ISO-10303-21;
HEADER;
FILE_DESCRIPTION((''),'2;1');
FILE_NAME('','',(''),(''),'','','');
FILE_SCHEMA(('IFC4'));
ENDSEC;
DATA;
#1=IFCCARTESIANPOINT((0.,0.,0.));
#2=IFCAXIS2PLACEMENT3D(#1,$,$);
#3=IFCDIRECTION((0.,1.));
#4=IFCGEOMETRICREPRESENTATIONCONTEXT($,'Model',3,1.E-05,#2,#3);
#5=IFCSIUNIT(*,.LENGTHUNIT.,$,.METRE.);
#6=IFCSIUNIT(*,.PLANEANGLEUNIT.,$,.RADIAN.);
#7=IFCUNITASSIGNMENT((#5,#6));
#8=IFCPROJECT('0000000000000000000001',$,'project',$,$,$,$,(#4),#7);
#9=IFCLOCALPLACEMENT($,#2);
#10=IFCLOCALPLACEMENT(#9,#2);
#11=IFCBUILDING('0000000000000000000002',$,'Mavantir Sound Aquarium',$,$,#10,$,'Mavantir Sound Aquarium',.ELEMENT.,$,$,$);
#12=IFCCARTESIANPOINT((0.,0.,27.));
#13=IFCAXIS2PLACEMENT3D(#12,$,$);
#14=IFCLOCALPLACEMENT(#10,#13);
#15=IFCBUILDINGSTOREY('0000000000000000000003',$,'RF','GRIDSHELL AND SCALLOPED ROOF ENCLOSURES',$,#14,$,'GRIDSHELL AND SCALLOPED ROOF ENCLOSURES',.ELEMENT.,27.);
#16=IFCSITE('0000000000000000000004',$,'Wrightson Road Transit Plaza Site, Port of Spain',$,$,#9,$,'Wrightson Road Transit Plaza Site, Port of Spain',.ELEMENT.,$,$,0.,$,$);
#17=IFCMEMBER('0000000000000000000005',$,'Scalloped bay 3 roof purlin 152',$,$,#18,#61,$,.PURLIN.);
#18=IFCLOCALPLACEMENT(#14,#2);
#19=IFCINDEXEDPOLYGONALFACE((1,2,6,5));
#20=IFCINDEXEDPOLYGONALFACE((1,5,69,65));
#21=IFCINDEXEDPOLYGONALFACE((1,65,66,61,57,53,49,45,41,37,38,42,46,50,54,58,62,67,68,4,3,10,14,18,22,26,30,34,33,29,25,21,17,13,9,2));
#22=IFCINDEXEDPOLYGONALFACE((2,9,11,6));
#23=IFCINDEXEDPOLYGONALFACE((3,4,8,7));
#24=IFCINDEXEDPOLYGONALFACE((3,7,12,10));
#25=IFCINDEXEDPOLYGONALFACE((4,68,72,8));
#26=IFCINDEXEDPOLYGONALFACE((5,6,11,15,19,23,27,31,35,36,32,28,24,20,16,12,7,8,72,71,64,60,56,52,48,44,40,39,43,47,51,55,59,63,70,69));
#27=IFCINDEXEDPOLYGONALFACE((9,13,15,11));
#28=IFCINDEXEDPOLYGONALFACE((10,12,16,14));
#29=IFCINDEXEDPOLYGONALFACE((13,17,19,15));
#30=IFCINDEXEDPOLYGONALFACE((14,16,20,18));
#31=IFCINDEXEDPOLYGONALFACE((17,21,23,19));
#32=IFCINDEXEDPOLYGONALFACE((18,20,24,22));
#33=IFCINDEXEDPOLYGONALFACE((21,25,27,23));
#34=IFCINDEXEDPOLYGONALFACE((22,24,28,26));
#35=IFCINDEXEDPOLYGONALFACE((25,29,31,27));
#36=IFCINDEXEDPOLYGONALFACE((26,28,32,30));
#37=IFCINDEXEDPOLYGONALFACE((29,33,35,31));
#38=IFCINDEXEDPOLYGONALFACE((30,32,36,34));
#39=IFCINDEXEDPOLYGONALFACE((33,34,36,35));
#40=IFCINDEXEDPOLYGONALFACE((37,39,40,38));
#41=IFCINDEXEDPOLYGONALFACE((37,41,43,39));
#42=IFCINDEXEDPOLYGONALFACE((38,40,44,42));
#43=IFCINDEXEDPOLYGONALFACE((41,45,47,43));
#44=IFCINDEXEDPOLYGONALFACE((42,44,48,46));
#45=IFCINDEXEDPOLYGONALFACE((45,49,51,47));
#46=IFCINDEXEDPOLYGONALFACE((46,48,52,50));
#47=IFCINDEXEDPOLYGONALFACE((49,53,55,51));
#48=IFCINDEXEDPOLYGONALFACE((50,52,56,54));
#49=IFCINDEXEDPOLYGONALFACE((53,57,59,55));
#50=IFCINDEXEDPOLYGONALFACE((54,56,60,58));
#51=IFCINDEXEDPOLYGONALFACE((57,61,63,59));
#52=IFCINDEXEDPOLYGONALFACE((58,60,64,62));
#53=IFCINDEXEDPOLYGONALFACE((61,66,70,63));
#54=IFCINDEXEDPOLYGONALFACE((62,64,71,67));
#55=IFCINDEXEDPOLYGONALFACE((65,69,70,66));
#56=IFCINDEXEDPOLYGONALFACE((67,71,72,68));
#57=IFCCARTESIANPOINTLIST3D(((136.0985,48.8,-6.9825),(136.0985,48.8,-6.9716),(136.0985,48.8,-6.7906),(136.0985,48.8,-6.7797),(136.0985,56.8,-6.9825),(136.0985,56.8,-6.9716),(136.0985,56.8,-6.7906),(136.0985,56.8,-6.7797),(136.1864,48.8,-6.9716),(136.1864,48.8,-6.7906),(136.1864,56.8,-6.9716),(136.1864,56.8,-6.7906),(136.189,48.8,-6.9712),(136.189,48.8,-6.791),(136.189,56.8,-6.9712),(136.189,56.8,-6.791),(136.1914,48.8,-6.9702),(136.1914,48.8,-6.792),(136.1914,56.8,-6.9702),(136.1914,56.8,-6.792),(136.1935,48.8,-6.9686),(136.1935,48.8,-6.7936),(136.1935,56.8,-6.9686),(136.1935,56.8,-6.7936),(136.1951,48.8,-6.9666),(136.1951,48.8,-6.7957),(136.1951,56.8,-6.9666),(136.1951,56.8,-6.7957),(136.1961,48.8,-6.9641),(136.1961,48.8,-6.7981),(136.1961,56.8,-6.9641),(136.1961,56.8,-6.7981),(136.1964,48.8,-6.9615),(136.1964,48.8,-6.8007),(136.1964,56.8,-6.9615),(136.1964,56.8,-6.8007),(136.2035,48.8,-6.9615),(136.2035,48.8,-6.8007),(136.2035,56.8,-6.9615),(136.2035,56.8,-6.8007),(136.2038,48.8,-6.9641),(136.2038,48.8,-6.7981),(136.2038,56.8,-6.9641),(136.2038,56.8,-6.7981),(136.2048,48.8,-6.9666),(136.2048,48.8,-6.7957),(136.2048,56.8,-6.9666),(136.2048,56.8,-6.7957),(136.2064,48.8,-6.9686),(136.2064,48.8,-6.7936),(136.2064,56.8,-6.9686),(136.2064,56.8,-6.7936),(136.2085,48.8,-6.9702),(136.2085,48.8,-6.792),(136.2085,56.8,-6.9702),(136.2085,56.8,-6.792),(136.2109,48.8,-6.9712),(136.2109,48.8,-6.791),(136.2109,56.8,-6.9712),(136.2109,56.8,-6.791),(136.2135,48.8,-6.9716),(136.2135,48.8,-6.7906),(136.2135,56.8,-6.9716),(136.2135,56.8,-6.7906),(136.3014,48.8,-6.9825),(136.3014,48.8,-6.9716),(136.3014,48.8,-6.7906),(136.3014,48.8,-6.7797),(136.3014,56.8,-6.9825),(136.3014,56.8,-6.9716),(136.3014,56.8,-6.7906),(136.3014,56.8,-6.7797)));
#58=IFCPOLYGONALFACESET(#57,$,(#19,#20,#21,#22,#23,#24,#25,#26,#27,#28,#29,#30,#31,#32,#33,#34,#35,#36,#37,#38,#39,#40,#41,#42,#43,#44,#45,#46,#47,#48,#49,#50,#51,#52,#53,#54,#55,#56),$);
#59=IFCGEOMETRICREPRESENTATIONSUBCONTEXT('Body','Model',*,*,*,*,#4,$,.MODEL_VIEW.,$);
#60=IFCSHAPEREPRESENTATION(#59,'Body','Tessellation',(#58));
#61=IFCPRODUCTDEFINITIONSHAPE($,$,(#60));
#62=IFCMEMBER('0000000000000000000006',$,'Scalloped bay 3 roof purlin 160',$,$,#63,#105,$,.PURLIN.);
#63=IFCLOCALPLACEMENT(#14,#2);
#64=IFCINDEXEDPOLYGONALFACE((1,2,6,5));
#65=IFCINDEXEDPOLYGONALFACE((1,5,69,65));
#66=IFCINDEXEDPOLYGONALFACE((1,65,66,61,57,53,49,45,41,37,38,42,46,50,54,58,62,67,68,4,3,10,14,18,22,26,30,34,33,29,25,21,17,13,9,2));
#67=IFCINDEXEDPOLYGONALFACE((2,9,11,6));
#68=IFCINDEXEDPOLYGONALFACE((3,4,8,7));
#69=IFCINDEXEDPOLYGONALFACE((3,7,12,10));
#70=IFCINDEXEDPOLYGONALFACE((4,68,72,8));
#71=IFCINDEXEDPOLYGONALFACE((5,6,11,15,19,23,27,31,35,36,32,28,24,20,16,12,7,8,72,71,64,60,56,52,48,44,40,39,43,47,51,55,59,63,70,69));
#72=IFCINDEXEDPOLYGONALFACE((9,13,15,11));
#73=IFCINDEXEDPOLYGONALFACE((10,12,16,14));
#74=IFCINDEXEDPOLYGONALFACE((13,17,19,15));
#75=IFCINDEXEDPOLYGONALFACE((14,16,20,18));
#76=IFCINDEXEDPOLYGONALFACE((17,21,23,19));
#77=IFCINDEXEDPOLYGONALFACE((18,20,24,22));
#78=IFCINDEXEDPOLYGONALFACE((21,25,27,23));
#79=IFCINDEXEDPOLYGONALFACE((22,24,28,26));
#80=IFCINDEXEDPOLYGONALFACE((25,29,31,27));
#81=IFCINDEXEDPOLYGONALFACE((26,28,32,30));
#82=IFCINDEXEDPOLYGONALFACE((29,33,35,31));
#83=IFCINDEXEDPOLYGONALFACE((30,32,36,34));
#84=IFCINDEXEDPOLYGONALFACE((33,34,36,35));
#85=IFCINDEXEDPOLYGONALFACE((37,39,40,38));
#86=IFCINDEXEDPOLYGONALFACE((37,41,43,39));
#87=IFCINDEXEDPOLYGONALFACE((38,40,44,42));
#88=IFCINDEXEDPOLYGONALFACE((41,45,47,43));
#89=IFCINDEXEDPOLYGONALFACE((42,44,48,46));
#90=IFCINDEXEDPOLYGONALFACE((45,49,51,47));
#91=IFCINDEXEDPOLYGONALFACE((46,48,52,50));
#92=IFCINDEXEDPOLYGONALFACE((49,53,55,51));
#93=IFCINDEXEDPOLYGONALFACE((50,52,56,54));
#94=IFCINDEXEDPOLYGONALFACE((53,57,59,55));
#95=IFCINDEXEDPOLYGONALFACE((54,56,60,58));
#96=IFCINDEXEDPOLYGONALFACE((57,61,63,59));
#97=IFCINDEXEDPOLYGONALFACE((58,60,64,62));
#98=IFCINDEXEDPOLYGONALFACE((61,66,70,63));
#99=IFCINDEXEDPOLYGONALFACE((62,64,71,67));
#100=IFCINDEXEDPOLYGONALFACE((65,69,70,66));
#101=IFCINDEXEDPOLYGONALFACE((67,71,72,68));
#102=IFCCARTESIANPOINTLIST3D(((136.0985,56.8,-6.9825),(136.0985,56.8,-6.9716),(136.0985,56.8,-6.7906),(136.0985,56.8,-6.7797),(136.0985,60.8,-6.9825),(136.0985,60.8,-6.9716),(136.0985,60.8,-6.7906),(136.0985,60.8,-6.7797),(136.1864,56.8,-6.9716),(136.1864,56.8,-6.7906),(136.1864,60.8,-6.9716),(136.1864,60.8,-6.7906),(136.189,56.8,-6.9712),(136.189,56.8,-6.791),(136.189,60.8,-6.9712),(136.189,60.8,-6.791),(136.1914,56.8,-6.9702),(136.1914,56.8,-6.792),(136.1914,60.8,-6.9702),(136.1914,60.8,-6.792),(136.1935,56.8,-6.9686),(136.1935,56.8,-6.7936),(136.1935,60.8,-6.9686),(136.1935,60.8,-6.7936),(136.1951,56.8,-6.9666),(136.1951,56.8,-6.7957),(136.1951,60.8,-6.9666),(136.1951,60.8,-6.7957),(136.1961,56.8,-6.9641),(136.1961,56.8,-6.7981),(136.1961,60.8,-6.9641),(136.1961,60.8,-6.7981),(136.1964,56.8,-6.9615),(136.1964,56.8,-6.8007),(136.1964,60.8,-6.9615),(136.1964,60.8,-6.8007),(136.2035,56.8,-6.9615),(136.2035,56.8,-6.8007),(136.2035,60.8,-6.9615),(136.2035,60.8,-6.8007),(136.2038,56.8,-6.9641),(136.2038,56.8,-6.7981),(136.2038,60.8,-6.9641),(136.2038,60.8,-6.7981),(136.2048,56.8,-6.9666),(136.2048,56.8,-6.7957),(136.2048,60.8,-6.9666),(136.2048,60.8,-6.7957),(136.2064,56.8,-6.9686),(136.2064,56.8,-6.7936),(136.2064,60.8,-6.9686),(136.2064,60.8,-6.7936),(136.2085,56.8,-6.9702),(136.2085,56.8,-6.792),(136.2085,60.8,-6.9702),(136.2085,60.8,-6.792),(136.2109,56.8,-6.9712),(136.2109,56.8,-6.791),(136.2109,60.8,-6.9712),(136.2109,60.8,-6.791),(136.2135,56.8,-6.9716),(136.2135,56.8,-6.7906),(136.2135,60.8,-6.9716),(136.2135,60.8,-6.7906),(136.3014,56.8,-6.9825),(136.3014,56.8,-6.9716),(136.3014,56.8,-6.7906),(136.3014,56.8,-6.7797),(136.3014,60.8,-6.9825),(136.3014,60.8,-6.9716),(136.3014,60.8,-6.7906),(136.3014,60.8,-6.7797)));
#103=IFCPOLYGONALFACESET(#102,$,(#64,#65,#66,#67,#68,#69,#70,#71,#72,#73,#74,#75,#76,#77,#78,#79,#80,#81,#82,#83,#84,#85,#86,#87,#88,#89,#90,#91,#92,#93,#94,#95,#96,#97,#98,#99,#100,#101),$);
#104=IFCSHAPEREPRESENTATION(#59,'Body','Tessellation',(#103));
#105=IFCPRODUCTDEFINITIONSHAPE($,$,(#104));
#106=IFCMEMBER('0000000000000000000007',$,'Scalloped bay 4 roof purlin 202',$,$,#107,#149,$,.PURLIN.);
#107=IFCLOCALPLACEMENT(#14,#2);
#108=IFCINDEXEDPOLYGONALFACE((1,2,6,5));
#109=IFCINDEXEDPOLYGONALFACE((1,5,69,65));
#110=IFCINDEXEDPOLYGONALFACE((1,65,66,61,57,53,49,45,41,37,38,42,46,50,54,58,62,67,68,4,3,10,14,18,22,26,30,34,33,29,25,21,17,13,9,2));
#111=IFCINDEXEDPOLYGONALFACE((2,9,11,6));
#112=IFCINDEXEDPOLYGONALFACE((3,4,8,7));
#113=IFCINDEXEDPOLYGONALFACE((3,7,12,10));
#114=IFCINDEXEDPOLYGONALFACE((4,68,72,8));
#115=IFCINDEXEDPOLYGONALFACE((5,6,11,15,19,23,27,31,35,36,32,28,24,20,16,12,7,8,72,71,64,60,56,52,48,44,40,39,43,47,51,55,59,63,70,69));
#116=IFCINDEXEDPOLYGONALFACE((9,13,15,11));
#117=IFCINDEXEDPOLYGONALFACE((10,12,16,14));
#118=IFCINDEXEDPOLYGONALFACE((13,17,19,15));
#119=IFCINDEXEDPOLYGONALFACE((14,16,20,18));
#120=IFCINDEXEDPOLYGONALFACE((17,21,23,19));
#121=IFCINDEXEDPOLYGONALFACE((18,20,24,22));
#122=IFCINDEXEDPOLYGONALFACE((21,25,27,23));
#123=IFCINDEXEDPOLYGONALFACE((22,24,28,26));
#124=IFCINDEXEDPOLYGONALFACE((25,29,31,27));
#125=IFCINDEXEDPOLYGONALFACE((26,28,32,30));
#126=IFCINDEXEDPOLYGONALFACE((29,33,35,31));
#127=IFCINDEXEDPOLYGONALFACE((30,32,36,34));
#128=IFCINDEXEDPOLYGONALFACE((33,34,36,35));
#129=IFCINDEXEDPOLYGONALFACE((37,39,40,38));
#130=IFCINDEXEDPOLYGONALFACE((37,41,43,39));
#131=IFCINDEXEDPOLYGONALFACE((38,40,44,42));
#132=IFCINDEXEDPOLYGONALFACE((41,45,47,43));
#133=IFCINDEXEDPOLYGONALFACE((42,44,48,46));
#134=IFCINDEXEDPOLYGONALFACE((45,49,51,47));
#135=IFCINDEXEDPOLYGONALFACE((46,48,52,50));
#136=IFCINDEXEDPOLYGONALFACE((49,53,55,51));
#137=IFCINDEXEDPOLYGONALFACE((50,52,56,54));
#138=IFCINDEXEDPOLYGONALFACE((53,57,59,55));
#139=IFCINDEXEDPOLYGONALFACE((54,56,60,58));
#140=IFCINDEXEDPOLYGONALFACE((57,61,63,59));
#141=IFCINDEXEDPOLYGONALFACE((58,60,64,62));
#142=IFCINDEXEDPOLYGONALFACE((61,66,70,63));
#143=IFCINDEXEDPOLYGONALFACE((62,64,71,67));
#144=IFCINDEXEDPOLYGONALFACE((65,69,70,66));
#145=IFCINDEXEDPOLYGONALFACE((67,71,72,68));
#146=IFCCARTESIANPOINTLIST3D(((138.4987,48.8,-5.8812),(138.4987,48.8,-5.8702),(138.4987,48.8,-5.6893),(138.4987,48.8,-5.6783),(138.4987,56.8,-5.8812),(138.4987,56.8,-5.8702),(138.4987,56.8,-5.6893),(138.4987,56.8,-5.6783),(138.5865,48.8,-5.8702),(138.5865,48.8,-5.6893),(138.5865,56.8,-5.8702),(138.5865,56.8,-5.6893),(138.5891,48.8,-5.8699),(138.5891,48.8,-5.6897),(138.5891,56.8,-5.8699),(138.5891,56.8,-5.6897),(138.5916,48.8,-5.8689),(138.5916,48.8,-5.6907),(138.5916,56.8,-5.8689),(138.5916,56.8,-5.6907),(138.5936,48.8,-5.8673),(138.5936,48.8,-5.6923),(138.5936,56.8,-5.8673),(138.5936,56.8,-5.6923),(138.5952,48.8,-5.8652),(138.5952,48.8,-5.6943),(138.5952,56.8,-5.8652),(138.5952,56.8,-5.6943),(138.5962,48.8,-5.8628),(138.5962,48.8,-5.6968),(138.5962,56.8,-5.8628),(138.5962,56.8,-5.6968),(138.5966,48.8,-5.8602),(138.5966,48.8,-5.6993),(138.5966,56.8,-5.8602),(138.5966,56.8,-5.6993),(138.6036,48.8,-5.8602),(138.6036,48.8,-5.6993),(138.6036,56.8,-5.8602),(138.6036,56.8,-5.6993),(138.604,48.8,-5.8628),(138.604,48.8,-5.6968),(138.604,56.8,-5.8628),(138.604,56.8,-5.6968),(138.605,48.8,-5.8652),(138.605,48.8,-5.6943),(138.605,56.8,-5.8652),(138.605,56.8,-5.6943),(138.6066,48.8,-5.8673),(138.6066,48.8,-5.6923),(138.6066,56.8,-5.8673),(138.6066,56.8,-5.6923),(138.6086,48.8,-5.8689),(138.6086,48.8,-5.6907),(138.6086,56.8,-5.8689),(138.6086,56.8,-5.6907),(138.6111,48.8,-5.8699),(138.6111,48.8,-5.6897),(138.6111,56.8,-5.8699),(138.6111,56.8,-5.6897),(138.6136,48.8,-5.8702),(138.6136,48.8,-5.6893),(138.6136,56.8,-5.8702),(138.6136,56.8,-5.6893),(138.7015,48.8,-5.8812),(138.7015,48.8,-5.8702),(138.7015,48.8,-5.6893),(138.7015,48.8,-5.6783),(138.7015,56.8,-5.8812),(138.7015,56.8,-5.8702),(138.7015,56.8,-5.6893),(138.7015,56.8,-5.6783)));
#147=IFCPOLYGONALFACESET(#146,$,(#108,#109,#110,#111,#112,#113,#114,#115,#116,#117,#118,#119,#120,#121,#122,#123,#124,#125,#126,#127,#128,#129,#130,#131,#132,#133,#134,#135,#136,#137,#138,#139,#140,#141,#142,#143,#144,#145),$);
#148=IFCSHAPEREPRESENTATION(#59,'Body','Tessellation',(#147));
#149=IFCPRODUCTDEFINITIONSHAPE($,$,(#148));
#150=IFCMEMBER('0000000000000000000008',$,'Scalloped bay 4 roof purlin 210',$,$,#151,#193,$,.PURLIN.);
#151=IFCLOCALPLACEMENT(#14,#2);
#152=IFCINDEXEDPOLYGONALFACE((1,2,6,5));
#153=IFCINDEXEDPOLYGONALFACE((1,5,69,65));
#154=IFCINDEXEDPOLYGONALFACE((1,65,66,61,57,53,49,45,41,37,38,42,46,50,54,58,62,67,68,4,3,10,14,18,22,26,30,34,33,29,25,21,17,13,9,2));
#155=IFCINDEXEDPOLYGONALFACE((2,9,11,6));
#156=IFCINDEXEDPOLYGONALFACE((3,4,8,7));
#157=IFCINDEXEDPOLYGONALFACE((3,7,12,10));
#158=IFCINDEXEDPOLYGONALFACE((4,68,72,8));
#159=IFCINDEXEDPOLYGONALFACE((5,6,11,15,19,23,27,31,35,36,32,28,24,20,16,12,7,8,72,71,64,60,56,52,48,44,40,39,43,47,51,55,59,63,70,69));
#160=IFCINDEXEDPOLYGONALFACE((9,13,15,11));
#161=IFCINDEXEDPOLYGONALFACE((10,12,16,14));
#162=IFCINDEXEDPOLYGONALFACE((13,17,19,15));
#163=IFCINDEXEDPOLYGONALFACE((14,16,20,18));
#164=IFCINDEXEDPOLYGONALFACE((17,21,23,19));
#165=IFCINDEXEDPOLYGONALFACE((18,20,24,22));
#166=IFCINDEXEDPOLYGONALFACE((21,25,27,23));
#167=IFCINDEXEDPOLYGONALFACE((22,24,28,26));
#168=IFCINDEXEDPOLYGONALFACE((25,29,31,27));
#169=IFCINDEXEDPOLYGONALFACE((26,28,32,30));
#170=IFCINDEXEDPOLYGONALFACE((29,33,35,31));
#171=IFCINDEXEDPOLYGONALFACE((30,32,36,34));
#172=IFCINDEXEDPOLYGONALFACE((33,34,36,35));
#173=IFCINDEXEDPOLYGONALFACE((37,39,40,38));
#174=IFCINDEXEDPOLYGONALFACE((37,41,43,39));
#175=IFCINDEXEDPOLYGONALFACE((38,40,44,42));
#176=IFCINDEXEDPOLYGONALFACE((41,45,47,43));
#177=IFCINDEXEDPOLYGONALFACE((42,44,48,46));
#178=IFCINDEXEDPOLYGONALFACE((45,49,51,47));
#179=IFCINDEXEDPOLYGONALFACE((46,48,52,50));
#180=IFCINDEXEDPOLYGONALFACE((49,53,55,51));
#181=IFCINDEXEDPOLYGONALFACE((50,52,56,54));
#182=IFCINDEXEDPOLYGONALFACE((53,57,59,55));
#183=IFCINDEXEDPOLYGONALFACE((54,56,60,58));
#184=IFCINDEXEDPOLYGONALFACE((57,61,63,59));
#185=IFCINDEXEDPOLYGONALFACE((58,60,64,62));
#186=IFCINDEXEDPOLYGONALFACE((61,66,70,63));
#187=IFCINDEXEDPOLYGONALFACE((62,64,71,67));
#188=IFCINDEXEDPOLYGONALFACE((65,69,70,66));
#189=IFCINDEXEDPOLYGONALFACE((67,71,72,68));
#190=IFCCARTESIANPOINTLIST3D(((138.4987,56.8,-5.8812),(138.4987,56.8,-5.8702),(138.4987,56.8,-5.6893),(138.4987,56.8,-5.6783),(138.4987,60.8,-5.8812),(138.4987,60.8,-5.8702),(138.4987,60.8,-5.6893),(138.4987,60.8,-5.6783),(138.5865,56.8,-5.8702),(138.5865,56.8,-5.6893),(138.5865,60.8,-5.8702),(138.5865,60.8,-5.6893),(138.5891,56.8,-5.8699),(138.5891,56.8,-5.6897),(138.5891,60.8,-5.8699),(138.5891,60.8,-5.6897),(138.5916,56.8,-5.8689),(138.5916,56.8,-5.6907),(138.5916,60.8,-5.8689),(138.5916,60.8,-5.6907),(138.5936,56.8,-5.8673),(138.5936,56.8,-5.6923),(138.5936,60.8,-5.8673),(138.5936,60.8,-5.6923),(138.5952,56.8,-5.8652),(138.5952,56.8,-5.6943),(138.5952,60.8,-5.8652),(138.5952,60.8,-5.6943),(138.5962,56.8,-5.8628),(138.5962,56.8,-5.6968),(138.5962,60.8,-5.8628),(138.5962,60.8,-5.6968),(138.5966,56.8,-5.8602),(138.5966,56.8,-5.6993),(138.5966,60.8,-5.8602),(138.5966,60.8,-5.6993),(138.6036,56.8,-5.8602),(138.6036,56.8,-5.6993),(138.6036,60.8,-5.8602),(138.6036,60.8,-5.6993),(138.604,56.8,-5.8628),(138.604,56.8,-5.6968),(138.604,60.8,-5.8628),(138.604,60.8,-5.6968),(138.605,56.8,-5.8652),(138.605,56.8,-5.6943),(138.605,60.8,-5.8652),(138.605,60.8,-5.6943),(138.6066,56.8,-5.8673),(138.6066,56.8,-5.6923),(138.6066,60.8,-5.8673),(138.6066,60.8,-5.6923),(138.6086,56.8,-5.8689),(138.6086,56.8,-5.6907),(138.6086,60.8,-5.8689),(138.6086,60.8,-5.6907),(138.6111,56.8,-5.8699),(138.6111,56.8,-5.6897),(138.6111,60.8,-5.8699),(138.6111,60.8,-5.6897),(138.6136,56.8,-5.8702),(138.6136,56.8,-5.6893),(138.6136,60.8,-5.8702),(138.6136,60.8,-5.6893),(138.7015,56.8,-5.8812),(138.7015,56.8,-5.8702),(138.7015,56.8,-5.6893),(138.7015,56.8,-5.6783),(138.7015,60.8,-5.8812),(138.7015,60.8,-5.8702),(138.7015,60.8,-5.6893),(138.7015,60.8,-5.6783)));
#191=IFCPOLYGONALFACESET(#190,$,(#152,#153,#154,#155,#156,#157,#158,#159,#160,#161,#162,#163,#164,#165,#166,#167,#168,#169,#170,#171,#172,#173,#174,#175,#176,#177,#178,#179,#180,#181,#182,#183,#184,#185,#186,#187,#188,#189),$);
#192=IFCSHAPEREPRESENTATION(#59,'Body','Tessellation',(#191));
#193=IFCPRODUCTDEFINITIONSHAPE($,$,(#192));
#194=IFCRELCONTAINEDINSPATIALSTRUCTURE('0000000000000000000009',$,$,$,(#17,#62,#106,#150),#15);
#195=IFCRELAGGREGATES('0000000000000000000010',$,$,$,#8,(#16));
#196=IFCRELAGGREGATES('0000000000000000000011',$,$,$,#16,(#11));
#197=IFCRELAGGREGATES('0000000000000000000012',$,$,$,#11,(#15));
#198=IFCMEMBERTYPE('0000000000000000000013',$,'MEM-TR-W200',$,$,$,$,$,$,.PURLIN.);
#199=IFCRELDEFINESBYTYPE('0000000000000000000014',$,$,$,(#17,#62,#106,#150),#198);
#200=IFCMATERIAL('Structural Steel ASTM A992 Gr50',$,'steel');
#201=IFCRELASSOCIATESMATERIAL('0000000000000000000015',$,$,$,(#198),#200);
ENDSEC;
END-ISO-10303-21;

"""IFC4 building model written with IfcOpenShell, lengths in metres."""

from ifc_helpers import new_model, si_unit, direction, frame, origin, origin_2d, place, context, subcontext, project, spatial, i_section, extrude, material, material_profile, profile_set, type_object, element, save


model = new_model("IFC4")

# Units and contexts
model_context = context("Model", 3, precision=1e-05, world=origin(), true_north=direction((0.0, 1.0)))
body_context = subcontext(model_context, "Body", "Model", "MODEL_VIEW")
ifc_project = project(units=[si_unit("LENGTHUNIT", "METRE"), si_unit("PLANEANGLEUNIT", "RADIAN")], contexts=[model_context])

# Site, building, storey
site_placement = place(None, origin())
site = spatial("IfcSite", under=ifc_project, at=site_placement, Name="Wrightson Road Transit Plaza Site, Port of Spain", LongName="Wrightson Road Transit Plaza Site, Port of Spain", CompositionType="ELEMENT", RefElevation=0.0)
building_placement = place(site_placement, origin())
building = spatial("IfcBuilding", under=site, at=building_placement, Name="Mavantir Sound Aquarium", LongName="Mavantir Sound Aquarium", CompositionType="ELEMENT")
storey_placement = place(building_placement, frame((0.0, 0.0, 27.0)))
storey = spatial("IfcBuildingStorey", under=building, at=storey_placement, Name="RF", Description="GRIDSHELL AND SCALLOPED ROOF ENCLOSURES", LongName="GRIDSHELL AND SCALLOPED ROOF ENCLOSURES", CompositionType="ELEMENT", Elevation=27.0)

# Shared definitions
ifc_material_1 = material(Name="Structural Steel ASTM A992 Gr50", Category="steel")

# Members
ifc_material_profile_1 = material_profile(ifc_material_1, i_section(OverallWidth=0.2029, OverallDepth=0.2029, WebThickness=0.0071, FlangeThickness=0.011, FilletRadius=0.01, at=origin_2d()), Name="W200X46")
ifc_profile_set_1 = profile_set([ifc_material_profile_1], Name="Structural Steel ASTM A992 Gr50")
member_type_1 = type_object("IfcMemberType", Name="MEM-TR-W200", PredefinedType="PURLIN", material=ifc_profile_set_1)
member_1_placement = place(storey_placement, frame((136.2, 48.8, -6.8811), z_axis=(0.0, 1.0, 0.0), x_axis=(-1.0, 0.0, 0.0)))
element("IfcMember", 1, at=member_1_placement, inside=storey, type_object=member_type_1, Name="Scalloped bay 3 roof purlin 152", PredefinedType="PURLIN", context=body_context, shape_type="SweptSolid", body=[
    extrude(i_section(OverallWidth=0.2029, OverallDepth=0.2029, WebThickness=0.0071, FlangeThickness=0.011, FilletRadius=0.01, at=origin_2d()), origin(), (0.0, 0.0, 1.0), 8.0),
])
member_2_placement = place(storey_placement, frame((136.2, 56.8, -6.8811), z_axis=(0.0, 1.0, 0.0), x_axis=(-1.0, 0.0, 0.0)))
element("IfcMember", 2, at=member_2_placement, inside=storey, type_object=member_type_1, Name="Scalloped bay 3 roof purlin 160", PredefinedType="PURLIN", context=body_context, shape_type="SweptSolid", body=[
    extrude(i_section(OverallWidth=0.2029, OverallDepth=0.2029, WebThickness=0.0071, FlangeThickness=0.011, FilletRadius=0.01, at=origin_2d()), origin(), (0.0, 0.0, 1.0), 4.0),
])
member_3_placement = place(storey_placement, frame((138.6001, 48.8, -5.7798), z_axis=(0.0, 1.0, 0.0), x_axis=(-1.0, 0.0, 0.0)))
element("IfcMember", 3, at=member_3_placement, inside=storey, type_object=member_type_1, Name="Scalloped bay 4 roof purlin 202", PredefinedType="PURLIN", context=body_context, shape_type="SweptSolid", body=[
    extrude(i_section(OverallWidth=0.2029, OverallDepth=0.2029, WebThickness=0.0071, FlangeThickness=0.011, FilletRadius=0.01, at=origin_2d()), origin(), (0.0, 0.0, 1.0), 8.0),
])
member_4_placement = place(storey_placement, frame((138.6001, 56.8, -5.7798), z_axis=(0.0, 1.0, 0.0), x_axis=(-1.0, 0.0, 0.0)))
element("IfcMember", 4, at=member_4_placement, inside=storey, type_object=member_type_1, Name="Scalloped bay 4 roof purlin 210", PredefinedType="PURLIN", context=body_context, shape_type="SweptSolid", body=[
    extrude(i_section(OverallWidth=0.2029, OverallDepth=0.2029, WebThickness=0.0071, FlangeThickness=0.011, FilletRadius=0.01, at=origin_2d()), origin(), (0.0, 0.0, 1.0), 4.0),
])

save(model, "model.ifc")
